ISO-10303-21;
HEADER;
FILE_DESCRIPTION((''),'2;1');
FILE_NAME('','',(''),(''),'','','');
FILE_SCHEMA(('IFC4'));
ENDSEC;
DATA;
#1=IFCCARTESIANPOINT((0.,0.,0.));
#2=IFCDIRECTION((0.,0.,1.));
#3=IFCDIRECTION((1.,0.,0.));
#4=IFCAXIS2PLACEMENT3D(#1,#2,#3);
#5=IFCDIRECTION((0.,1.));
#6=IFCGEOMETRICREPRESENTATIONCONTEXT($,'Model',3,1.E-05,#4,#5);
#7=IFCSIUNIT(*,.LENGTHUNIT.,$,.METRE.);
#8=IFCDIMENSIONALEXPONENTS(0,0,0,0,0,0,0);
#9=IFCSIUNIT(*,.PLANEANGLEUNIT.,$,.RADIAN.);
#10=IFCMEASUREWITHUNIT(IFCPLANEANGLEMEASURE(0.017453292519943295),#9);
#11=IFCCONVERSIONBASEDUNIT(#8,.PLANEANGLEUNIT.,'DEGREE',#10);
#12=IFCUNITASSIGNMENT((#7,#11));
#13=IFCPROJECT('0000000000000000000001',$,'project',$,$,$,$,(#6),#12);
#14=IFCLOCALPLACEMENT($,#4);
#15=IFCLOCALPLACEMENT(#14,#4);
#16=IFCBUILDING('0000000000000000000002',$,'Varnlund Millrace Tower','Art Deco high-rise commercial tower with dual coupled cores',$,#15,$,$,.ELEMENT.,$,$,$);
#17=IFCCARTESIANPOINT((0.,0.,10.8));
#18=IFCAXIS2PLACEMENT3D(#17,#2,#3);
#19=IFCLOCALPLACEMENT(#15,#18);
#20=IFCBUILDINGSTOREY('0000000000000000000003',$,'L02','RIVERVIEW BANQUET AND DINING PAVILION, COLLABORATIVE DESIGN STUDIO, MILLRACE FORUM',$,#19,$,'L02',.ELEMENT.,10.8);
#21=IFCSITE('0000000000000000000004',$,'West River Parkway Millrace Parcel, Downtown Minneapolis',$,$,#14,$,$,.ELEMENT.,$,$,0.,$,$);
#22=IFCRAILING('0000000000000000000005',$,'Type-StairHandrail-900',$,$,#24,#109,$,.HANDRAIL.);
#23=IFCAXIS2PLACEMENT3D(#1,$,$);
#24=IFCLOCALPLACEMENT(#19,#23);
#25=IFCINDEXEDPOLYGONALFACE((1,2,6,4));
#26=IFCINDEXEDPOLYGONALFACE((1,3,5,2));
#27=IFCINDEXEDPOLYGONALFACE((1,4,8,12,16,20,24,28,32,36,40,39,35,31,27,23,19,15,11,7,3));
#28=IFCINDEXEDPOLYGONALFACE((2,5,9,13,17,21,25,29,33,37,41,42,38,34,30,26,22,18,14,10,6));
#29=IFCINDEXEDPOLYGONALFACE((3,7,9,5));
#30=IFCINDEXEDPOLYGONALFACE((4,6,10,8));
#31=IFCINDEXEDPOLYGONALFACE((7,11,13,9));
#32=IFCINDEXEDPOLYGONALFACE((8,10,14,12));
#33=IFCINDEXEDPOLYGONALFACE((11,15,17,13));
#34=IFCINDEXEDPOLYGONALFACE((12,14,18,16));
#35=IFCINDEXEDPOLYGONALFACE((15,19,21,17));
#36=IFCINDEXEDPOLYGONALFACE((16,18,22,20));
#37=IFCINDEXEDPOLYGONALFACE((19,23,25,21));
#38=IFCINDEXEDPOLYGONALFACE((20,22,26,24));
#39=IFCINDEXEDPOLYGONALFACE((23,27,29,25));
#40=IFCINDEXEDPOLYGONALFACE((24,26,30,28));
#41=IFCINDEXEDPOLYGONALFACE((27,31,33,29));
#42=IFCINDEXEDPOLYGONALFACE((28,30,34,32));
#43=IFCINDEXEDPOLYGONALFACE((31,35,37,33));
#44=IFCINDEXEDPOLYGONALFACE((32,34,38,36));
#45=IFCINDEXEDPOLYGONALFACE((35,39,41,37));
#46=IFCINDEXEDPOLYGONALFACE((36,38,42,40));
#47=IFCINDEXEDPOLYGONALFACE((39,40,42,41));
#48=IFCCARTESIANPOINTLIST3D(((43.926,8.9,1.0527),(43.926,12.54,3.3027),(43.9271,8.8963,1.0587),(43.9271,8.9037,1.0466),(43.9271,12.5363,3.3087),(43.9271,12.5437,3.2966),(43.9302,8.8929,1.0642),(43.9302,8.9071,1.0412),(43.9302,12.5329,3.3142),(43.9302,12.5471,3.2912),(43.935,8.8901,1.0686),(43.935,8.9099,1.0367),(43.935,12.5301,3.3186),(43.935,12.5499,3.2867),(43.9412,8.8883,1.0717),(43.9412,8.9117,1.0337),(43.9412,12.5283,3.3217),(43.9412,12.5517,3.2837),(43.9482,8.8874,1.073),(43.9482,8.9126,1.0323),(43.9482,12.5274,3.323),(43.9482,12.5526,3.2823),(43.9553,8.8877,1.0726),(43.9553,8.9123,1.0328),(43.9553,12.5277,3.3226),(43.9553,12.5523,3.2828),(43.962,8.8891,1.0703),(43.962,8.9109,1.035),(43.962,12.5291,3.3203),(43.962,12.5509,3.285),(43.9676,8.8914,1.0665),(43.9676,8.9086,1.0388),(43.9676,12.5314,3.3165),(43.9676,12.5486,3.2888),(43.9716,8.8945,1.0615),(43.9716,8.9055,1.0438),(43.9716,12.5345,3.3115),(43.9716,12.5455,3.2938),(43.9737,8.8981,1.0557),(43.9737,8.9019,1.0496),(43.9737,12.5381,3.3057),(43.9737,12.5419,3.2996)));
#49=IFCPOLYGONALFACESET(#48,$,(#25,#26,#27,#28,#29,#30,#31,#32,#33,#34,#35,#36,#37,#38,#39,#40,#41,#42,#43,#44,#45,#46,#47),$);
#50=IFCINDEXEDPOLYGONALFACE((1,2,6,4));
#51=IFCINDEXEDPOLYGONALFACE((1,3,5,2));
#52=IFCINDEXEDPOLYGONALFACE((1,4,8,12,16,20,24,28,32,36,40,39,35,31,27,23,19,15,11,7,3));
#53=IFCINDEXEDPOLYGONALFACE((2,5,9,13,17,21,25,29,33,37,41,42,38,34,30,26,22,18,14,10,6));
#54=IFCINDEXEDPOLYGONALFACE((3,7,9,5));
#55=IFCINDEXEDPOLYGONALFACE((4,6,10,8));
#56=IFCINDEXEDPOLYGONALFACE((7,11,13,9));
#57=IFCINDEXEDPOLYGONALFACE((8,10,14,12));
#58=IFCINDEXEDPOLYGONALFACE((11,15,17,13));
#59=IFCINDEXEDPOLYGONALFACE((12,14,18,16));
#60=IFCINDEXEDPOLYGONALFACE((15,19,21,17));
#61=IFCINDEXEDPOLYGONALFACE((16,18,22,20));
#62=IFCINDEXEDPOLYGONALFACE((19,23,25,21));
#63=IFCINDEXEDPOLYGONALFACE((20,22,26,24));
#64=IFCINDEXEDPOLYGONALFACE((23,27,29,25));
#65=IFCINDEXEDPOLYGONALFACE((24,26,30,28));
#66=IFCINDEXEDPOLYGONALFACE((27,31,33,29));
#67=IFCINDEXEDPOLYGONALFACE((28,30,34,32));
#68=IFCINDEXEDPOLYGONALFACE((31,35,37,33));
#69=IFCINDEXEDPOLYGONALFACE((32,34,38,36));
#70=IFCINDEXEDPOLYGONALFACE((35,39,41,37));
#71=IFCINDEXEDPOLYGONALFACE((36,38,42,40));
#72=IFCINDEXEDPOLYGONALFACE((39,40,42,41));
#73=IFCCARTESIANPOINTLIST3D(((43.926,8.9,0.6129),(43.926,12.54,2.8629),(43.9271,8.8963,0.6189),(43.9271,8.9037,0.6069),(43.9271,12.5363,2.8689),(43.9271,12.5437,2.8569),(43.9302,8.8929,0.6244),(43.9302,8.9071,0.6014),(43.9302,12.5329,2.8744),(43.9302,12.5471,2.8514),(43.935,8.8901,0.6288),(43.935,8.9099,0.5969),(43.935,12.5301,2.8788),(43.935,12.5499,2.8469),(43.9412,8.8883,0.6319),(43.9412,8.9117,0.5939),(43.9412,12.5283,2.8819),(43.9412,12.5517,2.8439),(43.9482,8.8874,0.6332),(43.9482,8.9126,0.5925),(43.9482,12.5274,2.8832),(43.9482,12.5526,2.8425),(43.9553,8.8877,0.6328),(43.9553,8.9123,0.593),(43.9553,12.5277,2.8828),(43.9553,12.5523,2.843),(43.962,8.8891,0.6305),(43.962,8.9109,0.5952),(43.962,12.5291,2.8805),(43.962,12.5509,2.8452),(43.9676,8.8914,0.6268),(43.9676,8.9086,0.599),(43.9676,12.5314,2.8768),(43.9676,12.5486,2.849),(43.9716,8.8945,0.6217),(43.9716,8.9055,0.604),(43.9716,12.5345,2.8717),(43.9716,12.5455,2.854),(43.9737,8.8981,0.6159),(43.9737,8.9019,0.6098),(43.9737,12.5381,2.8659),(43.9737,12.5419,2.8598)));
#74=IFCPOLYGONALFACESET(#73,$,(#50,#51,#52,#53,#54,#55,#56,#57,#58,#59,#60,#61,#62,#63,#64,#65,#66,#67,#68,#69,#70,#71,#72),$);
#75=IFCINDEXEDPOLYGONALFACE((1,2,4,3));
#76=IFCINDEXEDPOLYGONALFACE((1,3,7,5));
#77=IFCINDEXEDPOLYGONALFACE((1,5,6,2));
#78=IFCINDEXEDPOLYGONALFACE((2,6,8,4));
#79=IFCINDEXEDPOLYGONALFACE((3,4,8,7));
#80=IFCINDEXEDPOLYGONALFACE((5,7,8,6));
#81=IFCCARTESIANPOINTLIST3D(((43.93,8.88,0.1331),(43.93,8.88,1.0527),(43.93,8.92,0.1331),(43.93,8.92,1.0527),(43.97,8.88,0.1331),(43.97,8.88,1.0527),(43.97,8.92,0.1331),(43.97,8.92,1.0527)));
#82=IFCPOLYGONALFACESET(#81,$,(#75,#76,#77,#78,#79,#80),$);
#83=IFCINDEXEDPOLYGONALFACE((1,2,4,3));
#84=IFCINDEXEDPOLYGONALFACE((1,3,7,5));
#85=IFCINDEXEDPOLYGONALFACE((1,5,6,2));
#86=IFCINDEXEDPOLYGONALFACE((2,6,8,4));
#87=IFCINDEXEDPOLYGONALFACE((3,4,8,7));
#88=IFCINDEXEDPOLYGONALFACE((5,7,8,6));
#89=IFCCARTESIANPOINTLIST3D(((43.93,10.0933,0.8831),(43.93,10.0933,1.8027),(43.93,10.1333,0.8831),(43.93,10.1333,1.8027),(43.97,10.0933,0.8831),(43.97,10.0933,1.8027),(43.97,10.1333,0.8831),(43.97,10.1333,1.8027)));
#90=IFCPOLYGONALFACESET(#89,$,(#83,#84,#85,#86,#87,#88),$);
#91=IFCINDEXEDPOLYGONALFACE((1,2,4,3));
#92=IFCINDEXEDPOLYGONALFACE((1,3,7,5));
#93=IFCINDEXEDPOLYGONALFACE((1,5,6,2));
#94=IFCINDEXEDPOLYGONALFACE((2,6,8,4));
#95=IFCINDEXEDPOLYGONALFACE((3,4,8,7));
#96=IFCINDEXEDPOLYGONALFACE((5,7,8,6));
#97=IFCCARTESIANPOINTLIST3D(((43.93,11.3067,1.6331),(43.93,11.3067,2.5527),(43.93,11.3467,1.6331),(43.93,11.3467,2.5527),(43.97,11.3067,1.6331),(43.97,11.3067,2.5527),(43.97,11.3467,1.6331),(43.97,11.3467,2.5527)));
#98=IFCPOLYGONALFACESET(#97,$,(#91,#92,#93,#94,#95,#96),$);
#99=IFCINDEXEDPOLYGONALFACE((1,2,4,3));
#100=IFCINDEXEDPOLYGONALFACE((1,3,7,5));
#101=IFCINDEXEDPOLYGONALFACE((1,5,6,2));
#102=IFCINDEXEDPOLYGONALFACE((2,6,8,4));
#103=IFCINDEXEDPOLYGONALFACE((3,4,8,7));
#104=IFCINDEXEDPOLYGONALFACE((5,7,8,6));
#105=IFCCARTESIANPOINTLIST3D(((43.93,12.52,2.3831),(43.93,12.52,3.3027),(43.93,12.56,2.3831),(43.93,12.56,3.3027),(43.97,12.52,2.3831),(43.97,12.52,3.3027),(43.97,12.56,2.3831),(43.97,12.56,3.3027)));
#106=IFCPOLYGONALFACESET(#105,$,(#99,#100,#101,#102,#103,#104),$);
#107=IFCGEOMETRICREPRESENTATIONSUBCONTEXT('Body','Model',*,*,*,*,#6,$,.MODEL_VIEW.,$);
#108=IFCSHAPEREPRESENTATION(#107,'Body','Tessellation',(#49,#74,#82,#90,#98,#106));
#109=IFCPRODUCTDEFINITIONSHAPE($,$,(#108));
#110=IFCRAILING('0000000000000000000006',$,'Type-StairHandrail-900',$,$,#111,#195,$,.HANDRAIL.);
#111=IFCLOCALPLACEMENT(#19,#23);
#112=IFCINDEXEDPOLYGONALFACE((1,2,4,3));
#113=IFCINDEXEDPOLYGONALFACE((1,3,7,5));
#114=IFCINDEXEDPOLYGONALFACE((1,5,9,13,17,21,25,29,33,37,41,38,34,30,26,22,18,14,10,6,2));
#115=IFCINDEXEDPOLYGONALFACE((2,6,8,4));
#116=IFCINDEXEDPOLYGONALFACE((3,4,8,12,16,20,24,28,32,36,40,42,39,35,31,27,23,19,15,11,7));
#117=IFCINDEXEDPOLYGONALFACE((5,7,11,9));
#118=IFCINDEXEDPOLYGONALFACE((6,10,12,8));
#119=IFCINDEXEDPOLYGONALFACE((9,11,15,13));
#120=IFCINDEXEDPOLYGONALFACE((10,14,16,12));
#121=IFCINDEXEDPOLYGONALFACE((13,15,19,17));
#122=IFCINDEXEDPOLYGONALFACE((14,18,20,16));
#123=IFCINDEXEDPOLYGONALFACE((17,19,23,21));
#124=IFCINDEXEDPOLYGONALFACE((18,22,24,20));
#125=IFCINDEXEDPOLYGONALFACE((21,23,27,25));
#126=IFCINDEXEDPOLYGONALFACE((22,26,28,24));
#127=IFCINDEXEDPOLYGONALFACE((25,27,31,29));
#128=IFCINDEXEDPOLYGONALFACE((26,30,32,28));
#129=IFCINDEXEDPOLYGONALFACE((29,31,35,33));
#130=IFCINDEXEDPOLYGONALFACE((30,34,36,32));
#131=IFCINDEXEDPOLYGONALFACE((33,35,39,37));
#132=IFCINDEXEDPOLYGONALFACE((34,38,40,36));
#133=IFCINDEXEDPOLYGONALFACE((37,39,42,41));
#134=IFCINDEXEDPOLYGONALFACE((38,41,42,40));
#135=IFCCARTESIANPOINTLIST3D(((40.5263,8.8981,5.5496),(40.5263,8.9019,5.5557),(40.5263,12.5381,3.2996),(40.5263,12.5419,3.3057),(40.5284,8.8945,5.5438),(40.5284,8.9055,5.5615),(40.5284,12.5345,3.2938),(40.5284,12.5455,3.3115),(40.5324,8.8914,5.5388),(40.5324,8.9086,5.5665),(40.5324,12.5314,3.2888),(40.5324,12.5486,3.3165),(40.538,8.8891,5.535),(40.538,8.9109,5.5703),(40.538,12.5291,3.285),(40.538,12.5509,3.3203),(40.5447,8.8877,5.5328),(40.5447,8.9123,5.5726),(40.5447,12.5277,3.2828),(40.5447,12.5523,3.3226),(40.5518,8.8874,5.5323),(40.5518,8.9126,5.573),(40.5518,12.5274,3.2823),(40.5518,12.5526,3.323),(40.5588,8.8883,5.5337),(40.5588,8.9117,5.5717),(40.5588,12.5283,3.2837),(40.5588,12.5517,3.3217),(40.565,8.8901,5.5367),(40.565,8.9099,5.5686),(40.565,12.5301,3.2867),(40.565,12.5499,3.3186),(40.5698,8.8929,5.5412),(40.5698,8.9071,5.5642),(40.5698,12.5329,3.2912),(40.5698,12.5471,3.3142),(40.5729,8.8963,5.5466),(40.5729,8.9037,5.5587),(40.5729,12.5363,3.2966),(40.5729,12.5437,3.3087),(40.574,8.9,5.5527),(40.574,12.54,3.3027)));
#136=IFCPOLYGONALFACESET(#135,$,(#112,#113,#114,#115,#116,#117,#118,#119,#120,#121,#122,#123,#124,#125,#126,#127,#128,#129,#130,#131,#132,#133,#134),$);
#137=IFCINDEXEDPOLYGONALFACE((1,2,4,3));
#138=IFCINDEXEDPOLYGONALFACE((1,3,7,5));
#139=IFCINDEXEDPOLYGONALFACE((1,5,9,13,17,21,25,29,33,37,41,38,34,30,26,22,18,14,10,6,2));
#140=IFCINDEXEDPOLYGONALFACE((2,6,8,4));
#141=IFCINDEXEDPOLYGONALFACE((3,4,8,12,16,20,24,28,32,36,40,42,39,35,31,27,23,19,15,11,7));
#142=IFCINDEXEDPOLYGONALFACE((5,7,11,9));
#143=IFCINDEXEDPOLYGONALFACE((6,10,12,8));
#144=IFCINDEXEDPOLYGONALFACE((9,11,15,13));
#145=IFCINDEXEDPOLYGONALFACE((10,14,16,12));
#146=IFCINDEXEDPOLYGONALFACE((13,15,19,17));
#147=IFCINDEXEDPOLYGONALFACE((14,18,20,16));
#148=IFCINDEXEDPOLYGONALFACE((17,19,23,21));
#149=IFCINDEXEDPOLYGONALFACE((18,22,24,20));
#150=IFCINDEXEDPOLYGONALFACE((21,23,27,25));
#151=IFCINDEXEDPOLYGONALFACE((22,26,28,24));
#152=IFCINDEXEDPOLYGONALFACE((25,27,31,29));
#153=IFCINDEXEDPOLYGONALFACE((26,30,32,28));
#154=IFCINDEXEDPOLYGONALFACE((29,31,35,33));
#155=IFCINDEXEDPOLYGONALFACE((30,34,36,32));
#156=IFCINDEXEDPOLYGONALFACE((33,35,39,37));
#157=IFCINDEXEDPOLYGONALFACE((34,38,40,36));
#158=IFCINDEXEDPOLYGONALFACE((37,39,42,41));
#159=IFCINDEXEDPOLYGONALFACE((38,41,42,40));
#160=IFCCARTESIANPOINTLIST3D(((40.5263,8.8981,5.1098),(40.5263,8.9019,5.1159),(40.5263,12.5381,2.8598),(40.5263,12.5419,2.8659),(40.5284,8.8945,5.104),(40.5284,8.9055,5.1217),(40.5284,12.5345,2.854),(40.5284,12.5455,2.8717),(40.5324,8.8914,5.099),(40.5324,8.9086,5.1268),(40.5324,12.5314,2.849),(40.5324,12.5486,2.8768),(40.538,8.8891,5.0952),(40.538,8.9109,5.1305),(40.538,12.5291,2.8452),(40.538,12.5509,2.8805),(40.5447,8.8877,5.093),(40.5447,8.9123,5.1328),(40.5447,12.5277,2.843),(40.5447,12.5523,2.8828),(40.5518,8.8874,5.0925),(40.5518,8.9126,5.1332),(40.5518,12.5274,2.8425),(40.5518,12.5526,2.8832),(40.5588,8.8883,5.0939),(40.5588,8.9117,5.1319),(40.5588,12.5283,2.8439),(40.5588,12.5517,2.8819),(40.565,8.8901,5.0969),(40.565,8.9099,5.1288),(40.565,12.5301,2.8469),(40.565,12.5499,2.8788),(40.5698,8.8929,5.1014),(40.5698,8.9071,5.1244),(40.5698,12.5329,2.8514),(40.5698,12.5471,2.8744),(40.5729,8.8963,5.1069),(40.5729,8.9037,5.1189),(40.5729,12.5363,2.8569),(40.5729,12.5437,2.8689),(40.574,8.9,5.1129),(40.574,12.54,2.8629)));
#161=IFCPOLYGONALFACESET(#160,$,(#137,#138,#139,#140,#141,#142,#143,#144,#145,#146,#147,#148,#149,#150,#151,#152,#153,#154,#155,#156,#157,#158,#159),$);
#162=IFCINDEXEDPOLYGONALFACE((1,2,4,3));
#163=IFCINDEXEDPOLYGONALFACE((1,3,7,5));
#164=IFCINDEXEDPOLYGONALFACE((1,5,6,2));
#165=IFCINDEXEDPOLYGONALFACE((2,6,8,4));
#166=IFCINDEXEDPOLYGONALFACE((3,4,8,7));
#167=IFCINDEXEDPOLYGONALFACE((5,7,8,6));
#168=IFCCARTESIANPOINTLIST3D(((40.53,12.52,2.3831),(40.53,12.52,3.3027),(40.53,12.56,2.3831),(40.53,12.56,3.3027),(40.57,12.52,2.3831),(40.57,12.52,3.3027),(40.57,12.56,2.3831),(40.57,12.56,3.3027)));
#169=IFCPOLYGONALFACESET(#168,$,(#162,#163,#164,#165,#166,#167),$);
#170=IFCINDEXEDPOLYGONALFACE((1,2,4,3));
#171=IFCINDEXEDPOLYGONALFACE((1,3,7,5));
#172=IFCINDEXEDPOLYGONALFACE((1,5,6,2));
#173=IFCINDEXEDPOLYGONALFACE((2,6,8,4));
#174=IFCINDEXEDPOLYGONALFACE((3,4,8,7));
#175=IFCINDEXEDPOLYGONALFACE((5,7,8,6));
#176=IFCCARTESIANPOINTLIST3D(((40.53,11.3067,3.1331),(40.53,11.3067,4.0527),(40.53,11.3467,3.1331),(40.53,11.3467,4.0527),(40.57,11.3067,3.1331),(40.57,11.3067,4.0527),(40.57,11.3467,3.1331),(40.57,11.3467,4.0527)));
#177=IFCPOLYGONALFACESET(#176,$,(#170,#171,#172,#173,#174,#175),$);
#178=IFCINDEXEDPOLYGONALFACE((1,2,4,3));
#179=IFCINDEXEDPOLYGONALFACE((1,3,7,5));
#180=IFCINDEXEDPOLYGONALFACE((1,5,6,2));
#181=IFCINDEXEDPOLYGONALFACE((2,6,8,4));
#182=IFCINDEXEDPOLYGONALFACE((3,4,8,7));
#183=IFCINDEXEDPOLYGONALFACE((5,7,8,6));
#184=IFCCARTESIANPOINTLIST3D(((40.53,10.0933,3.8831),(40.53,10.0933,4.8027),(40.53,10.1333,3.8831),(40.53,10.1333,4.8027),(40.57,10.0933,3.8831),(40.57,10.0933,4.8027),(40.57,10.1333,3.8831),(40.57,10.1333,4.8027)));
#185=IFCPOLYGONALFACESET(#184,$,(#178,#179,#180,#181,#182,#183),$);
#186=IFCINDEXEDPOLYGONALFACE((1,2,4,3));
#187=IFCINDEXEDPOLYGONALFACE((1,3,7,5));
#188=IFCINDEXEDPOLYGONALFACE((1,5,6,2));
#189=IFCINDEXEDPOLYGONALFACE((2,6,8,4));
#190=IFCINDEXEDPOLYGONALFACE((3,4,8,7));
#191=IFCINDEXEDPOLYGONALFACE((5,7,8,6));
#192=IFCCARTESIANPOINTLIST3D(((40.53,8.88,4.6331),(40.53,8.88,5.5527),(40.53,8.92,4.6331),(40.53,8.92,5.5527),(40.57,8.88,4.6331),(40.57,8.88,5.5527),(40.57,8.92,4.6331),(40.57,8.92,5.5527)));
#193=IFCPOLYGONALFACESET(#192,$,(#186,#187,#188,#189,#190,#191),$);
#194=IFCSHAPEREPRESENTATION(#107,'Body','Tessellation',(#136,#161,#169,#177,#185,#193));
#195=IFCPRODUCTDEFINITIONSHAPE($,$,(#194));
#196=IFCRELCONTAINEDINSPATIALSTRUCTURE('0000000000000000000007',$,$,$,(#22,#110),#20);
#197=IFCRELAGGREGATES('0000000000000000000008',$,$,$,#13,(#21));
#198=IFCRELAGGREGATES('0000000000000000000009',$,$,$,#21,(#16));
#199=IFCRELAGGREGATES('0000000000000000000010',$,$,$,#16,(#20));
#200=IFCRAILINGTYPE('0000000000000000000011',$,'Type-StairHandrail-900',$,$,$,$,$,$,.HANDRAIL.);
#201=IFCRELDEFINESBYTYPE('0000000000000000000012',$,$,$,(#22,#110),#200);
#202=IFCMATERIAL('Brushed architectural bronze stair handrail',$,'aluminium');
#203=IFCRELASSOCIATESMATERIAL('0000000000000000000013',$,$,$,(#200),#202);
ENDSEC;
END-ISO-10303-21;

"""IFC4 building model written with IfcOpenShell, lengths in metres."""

from ifc_helpers import new_model, entity, si_unit, converted_unit, direction, frame, origin_with_axes, origin_2d_with_axis, place, context, subcontext, project, spatial, rectangle, circle, extrude, material, type_object, element, save


model = new_model("IFC4")

# Units and contexts
model_context = context("Model", 3, precision=1e-05, world=origin_with_axes(), true_north=direction((0.0, 1.0)))
body_context = subcontext(model_context, "Body", "Model", "MODEL_VIEW")
ifc_project = project(units=[si_unit("LENGTHUNIT", "METRE"), converted_unit("PLANEANGLEUNIT", "DEGREE", entity("IfcPlaneAngleMeasure", 0.017453292519943295), si_unit("PLANEANGLEUNIT", "RADIAN"), dimensions=[0, 0, 0, 0, 0, 0, 0])], contexts=[model_context])

# Site, building, storey
site_placement = place(None, origin_with_axes())
site = spatial("IfcSite", under=ifc_project, at=site_placement, Name="West River Parkway Millrace Parcel, Downtown Minneapolis", CompositionType="ELEMENT", RefElevation=0.0)
building_placement = place(site_placement, origin_with_axes())
building = spatial("IfcBuilding", under=site, at=building_placement, Name="Varnlund Millrace Tower", Description="Art Deco high-rise commercial tower with dual coupled cores", CompositionType="ELEMENT")
storey_placement = place(building_placement, frame((0.0, 0.0, 10.8), z_axis=(0.0, 0.0, 1.0), x_axis=(1.0, 0.0, 0.0)))
storey = spatial("IfcBuildingStorey", under=building, at=storey_placement, Name="L02", Description="RIVERVIEW BANQUET AND DINING PAVILION, COLLABORATIVE DESIGN STUDIO, MILLRACE FORUM", LongName="L02", CompositionType="ELEMENT", Elevation=10.8)

# Railings
ifc_material_1 = material(Name="Brushed architectural bronze stair handrail", Category="aluminium")
railing_type_1 = type_object("IfcRailingType", Name="Type-StairHandrail-900", PredefinedType="HANDRAIL", material=ifc_material_1)
railing_1_placement = place(storey_placement, frame((0.0, 0.0, -10.8), z_axis=(0.0, 0.0, 1.0), x_axis=(1.0, 0.0, 0.0)))
element("IfcRailing", 1, at=railing_1_placement, inside=storey, type_object=railing_type_1, Name="Type-StairHandrail-900", PredefinedType="HANDRAIL", context=body_context, shape_type="SweptSolid", body=[
    extrude(circle(Radius=0.024, at=origin_2d_with_axis()), frame((43.95, 8.9, 11.8527), z_axis=(0.0, 0.850614, 0.525791), x_axis=(-1.0, 0.0, 0.0)), (0.0, 0.0, 1.0), 4.2793),
    extrude(circle(Radius=0.024, at=origin_2d_with_axis()), frame((43.95, 8.9, 11.4129), z_axis=(0.0, 0.850614, 0.525791), x_axis=(-1.0, 0.0, 0.0)), (0.0, 0.0, 1.0), 4.2793),
    extrude(rectangle(XDim=0.04, YDim=0.04, at=origin_2d_with_axis()), frame((43.95, 8.9, 10.9331), z_axis=(0.0, 0.0, 1.0), x_axis=(1.0, 0.0, 0.0)), (0.0, 0.0, 1.0), 0.9196),
    extrude(rectangle(XDim=0.04, YDim=0.04, at=origin_2d_with_axis()), frame((43.95, 10.1133, 11.6831), z_axis=(0.0, 0.0, 1.0), x_axis=(1.0, 0.0, 0.0)), (0.0, 0.0, 1.0), 0.9196),
    extrude(rectangle(XDim=0.04, YDim=0.04, at=origin_2d_with_axis()), frame((43.95, 11.3267, 12.4331), z_axis=(0.0, 0.0, 1.0), x_axis=(1.0, 0.0, 0.0)), (0.0, 0.0, 1.0), 0.9196),
    extrude(rectangle(XDim=0.04, YDim=0.04, at=origin_2d_with_axis()), frame((43.95, 12.54, 13.1831), z_axis=(0.0, 0.0, 1.0), x_axis=(1.0, 0.0, 0.0)), (0.0, 0.0, 1.0), 0.9196),
])
railing_2_placement = place(storey_placement, frame((0.0, 0.0, -10.8), z_axis=(0.0, 0.0, 1.0), x_axis=(1.0, 0.0, 0.0)))
element("IfcRailing", 2, at=railing_2_placement, inside=storey, type_object=railing_type_1, Name="Type-StairHandrail-900", PredefinedType="HANDRAIL", context=body_context, shape_type="SweptSolid", body=[
    extrude(circle(Radius=0.024, at=origin_2d_with_axis()), frame((40.55, 12.54, 14.1027), z_axis=(0.0, -0.850614, 0.525791), x_axis=(1.0, 0.0, 0.0)), (0.0, 0.0, 1.0), 4.2793),
    extrude(circle(Radius=0.024, at=origin_2d_with_axis()), frame((40.55, 12.54, 13.6629), z_axis=(0.0, -0.850614, 0.525791), x_axis=(1.0, 0.0, 0.0)), (0.0, 0.0, 1.0), 4.2793),
    extrude(rectangle(XDim=0.04, YDim=0.04, at=origin_2d_with_axis()), frame((40.55, 12.54, 13.1831), z_axis=(0.0, 0.0, 1.0), x_axis=(1.0, 0.0, 0.0)), (0.0, 0.0, 1.0), 0.9196),
    extrude(rectangle(XDim=0.04, YDim=0.04, at=origin_2d_with_axis()), frame((40.55, 11.3267, 13.9331), z_axis=(0.0, 0.0, 1.0), x_axis=(1.0, 0.0, 0.0)), (0.0, 0.0, 1.0), 0.9196),
    extrude(rectangle(XDim=0.04, YDim=0.04, at=origin_2d_with_axis()), frame((40.55, 10.1133, 14.6831), z_axis=(0.0, 0.0, 1.0), x_axis=(1.0, 0.0, 0.0)), (0.0, 0.0, 1.0), 0.9196),
    extrude(rectangle(XDim=0.04, YDim=0.04, at=origin_2d_with_axis()), frame((40.55, 8.9, 15.4331), z_axis=(0.0, 0.0, 1.0), x_axis=(1.0, 0.0, 0.0)), (0.0, 0.0, 1.0), 0.9196),
])

save(model, "model.ifc")
